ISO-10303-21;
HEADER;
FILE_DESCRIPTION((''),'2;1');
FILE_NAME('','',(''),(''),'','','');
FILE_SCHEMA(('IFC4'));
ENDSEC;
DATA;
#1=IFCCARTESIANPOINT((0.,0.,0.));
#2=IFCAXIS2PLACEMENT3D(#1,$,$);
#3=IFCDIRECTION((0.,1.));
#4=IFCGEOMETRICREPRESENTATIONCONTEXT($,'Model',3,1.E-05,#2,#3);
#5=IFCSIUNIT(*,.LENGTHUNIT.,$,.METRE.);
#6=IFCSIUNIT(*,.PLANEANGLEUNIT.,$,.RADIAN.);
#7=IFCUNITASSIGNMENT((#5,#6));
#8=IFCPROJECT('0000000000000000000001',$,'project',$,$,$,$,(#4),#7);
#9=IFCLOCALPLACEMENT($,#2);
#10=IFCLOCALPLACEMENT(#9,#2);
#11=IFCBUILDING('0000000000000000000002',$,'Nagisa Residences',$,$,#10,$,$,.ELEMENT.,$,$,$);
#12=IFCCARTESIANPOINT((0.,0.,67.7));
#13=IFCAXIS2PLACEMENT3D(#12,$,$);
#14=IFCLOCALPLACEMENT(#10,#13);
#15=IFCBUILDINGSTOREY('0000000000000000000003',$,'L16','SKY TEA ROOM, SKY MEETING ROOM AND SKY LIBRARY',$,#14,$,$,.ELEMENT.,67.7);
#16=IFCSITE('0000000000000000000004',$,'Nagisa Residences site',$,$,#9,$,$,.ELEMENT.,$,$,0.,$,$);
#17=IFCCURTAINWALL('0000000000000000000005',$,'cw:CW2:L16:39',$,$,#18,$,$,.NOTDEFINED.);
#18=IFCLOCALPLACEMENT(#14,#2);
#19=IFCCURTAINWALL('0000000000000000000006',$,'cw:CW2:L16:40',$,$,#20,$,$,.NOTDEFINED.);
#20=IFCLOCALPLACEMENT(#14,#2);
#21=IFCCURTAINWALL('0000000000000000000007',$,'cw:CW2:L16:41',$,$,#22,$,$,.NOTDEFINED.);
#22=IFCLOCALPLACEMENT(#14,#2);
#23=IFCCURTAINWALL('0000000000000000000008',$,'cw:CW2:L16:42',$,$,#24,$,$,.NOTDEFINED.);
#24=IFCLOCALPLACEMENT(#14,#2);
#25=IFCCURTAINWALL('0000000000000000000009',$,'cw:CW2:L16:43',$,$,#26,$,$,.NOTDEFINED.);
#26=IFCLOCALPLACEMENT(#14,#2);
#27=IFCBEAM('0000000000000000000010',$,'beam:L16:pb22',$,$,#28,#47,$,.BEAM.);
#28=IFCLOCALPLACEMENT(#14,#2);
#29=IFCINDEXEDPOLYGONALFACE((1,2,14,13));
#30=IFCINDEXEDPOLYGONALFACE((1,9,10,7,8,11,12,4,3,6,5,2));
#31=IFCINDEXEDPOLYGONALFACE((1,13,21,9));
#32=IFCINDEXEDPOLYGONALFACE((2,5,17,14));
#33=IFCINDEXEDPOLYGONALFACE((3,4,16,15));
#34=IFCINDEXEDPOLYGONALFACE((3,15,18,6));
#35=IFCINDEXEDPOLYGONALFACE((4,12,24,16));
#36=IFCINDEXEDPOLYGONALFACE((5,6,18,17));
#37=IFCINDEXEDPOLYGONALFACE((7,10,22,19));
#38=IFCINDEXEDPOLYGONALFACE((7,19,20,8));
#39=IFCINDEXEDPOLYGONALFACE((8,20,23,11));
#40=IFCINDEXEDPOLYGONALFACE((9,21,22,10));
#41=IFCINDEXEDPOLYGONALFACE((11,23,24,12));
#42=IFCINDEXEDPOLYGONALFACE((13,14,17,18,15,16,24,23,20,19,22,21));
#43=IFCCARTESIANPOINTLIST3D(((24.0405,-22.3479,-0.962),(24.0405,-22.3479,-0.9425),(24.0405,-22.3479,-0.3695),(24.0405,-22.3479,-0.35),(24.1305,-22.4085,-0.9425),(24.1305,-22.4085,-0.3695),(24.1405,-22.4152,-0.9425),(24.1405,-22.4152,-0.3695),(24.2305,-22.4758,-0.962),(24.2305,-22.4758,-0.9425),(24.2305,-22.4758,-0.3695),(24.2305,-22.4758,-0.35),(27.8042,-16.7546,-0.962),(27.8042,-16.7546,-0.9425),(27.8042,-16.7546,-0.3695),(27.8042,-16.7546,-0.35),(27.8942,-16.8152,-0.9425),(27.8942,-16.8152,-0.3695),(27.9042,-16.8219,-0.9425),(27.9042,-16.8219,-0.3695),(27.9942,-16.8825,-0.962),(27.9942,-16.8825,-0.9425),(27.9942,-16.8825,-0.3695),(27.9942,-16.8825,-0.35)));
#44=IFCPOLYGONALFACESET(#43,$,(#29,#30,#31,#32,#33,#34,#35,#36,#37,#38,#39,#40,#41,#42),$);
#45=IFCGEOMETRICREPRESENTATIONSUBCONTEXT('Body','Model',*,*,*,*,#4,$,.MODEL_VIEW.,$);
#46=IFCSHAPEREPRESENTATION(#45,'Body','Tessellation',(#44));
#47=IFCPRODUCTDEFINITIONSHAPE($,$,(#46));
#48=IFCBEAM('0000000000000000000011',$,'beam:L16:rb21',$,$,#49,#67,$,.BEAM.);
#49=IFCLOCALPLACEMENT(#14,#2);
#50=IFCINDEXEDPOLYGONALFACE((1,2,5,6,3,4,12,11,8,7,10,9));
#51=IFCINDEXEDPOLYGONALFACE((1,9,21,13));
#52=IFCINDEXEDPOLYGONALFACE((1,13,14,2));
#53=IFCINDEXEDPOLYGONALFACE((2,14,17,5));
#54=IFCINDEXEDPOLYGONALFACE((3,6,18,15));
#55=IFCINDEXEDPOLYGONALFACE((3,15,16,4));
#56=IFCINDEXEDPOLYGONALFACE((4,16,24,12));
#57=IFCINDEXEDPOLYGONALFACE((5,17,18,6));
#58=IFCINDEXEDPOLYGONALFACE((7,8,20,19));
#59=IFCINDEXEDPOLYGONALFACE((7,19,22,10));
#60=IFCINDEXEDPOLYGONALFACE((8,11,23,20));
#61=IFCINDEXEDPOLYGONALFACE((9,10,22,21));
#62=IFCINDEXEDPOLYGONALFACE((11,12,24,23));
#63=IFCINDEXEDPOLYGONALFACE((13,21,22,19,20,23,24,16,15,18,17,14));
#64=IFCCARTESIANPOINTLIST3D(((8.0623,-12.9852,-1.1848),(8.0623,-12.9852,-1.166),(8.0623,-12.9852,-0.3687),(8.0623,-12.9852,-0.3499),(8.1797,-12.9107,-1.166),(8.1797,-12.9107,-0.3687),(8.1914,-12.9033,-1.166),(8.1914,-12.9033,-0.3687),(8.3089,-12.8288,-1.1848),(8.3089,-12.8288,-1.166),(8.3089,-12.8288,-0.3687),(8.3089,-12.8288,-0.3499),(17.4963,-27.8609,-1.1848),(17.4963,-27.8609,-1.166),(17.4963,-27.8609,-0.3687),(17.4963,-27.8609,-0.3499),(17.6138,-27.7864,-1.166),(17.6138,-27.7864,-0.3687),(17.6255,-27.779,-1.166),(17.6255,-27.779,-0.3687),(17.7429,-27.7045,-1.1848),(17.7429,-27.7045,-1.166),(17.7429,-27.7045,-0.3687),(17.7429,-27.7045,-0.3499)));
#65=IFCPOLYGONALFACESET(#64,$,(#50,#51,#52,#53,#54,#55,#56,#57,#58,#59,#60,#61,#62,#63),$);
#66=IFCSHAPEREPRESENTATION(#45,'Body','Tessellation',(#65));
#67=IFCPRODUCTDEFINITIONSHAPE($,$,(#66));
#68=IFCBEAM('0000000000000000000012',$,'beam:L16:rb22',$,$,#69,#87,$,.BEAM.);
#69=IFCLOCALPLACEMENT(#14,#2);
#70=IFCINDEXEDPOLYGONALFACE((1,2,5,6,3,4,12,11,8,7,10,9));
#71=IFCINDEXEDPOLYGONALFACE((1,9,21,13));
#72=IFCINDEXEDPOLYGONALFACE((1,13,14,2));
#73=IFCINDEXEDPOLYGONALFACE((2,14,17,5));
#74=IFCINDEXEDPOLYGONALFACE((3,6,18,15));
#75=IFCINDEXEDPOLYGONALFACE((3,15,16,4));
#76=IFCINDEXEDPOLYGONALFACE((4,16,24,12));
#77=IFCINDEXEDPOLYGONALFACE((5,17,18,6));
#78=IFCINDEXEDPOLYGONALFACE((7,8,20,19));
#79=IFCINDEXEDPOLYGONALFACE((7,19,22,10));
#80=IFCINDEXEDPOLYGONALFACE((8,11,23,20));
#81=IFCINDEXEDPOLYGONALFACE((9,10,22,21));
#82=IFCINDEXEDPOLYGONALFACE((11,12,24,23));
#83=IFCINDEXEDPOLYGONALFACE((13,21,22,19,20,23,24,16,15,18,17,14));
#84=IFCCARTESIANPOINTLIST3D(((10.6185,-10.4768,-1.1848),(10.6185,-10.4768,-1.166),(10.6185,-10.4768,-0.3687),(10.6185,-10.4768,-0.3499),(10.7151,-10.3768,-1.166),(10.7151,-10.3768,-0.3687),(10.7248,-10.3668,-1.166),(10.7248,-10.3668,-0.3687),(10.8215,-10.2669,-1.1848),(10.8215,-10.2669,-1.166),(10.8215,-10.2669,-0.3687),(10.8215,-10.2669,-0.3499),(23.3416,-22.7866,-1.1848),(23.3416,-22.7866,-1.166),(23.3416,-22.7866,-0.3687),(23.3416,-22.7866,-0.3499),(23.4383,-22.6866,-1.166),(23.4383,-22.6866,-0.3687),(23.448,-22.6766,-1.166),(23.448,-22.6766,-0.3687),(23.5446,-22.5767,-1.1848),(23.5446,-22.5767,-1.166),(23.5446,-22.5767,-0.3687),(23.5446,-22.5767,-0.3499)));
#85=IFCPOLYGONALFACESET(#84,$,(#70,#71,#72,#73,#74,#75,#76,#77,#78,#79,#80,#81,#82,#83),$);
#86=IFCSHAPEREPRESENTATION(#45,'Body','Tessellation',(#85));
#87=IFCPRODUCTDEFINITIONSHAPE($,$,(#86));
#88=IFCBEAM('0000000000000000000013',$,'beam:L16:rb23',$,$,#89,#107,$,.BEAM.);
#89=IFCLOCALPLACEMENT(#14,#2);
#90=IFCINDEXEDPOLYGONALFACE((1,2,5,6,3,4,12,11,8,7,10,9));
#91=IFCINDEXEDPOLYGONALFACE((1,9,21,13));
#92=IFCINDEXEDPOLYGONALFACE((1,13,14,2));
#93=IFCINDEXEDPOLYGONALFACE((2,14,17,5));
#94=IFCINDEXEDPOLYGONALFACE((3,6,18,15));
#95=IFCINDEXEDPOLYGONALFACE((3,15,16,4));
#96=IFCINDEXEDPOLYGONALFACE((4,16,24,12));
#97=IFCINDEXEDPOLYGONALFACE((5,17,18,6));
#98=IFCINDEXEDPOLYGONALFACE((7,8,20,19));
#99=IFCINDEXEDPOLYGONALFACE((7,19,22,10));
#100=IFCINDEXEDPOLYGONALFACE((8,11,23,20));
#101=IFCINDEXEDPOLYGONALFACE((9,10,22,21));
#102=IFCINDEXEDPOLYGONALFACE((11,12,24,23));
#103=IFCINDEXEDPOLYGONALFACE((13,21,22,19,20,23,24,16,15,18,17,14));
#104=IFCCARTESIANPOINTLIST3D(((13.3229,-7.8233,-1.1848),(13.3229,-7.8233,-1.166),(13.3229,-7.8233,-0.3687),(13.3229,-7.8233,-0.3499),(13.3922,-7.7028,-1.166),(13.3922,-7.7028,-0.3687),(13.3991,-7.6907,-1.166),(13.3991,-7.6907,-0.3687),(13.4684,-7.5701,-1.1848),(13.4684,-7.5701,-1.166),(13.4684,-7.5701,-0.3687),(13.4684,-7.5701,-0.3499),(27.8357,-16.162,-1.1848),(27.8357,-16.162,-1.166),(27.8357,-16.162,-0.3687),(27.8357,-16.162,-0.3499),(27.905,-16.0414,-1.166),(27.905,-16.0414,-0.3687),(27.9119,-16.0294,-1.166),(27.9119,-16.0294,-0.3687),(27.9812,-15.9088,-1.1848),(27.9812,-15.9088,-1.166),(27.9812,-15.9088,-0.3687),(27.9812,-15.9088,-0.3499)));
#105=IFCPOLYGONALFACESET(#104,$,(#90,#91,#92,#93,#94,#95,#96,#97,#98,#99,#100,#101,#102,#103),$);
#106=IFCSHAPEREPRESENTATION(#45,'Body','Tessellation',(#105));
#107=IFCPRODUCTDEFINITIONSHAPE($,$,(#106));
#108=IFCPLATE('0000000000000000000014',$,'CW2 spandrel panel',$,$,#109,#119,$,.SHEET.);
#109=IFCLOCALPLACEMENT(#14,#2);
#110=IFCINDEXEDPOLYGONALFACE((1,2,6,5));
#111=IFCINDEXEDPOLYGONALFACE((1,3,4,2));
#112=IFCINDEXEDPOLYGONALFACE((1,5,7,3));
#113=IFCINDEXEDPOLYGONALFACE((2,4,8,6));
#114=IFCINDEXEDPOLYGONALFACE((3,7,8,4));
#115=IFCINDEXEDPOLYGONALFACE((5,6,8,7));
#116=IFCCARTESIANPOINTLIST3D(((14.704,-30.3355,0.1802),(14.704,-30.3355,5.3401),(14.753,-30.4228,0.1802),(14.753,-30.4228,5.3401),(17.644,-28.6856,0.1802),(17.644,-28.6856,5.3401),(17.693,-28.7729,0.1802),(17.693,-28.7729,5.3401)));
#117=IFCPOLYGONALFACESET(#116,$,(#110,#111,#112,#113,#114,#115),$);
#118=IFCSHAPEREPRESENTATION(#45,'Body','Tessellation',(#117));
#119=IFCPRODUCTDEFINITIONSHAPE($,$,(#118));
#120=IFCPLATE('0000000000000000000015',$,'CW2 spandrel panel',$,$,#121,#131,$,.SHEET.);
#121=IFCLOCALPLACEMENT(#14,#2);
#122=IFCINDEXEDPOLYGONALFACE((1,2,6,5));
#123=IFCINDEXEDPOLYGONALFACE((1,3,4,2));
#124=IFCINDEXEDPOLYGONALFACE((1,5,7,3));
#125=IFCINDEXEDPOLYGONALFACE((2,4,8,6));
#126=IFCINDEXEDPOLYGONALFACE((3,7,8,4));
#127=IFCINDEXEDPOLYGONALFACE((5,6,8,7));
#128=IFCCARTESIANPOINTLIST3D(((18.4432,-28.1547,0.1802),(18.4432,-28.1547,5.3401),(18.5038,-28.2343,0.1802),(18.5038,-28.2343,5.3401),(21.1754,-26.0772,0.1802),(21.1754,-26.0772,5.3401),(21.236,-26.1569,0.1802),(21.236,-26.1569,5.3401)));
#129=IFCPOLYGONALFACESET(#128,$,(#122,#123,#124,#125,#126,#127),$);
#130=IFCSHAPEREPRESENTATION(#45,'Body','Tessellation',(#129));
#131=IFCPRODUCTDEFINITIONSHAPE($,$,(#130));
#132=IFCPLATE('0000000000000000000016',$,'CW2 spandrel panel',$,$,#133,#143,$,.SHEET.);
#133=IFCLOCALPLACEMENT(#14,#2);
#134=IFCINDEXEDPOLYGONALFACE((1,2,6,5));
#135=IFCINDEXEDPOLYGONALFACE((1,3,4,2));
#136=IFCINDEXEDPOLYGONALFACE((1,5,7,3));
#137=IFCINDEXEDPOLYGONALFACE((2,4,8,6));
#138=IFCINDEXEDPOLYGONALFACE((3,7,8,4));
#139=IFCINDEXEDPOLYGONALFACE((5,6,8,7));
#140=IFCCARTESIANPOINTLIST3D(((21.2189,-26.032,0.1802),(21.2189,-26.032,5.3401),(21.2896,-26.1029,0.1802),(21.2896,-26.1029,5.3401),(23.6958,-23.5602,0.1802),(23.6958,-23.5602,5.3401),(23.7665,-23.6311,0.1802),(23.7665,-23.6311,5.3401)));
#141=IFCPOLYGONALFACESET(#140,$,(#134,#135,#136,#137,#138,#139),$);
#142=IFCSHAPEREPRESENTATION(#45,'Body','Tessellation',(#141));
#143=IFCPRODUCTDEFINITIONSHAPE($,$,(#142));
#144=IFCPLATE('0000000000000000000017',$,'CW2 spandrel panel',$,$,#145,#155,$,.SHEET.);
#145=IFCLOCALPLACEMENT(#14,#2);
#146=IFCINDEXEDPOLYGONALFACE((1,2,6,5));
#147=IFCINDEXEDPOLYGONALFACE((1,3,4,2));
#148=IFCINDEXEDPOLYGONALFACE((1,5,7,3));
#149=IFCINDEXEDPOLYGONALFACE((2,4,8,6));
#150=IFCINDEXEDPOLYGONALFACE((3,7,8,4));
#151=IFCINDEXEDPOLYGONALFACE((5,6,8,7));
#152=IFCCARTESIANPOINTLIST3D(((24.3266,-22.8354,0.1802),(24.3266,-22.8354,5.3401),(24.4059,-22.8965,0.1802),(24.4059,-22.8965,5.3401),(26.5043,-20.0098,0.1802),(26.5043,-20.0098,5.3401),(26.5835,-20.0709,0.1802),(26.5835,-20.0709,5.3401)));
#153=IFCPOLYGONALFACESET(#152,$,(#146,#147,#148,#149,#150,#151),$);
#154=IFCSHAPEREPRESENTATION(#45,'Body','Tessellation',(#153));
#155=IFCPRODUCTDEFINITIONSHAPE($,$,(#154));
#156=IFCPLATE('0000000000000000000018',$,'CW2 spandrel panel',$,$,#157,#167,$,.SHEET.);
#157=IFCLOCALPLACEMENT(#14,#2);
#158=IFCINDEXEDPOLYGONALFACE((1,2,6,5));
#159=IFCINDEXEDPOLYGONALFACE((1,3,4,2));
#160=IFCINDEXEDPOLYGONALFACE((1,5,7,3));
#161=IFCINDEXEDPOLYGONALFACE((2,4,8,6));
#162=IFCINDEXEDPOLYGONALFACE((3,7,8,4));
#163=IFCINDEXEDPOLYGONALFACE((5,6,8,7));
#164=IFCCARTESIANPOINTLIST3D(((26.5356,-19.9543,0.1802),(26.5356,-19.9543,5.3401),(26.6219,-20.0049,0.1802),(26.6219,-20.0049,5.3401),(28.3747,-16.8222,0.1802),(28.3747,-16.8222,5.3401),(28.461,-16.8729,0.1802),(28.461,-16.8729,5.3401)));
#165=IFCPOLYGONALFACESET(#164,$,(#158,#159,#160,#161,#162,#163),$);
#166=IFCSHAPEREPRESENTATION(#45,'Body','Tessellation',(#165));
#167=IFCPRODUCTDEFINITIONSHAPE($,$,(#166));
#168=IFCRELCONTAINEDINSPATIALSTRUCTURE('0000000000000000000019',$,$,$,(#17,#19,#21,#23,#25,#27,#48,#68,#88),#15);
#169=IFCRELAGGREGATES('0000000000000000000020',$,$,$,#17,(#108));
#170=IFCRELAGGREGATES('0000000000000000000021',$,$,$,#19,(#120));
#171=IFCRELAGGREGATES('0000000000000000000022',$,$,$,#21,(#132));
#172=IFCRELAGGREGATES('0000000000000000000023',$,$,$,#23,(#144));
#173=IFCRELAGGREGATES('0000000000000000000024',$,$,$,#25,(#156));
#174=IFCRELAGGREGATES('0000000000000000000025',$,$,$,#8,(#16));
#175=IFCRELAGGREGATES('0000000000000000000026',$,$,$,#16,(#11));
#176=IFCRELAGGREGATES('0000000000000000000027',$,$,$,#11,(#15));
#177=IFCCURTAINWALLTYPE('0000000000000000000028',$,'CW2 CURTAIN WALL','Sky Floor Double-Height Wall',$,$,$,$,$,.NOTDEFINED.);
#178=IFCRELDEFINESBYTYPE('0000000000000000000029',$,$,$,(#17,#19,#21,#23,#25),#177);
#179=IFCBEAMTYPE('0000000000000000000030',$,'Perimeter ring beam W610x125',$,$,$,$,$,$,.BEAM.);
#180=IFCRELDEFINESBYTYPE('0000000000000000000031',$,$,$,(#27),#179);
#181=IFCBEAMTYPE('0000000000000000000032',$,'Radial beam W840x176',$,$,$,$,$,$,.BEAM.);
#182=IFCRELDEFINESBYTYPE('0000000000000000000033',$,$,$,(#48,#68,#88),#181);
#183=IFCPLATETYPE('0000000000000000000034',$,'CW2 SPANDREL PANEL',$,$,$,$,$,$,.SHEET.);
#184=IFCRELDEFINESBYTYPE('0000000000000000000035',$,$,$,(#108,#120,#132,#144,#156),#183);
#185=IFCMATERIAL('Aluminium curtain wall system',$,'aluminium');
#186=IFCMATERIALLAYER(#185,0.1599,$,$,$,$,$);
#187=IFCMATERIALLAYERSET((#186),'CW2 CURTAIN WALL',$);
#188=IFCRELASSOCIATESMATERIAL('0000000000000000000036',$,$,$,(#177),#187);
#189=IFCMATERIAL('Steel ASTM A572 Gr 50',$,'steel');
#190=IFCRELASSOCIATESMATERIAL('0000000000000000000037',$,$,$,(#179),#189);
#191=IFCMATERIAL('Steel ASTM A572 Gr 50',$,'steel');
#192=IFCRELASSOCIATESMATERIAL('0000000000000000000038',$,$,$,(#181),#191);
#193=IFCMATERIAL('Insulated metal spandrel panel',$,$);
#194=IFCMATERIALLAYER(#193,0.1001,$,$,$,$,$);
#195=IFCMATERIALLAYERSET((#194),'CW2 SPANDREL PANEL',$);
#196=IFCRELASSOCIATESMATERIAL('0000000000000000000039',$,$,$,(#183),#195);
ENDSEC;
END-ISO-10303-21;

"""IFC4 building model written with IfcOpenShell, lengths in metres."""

from ifc_helpers import new_model, si_unit, direction, frame, origin, origin_2d, place, context, subcontext, project, spatial, rectangle, i_section, extrude, material, layer, layer_set, material_profile, profile_set, type_object, element, aggregate, save


model = new_model("IFC4")

# Units and contexts
model_context = context("Model", 3, precision=1e-05, world=origin(), true_north=direction((0.0, 1.0)))
body_context = subcontext(model_context, "Body", "Model", "MODEL_VIEW")
ifc_project = project(units=[si_unit("LENGTHUNIT", "METRE"), si_unit("PLANEANGLEUNIT", "RADIAN")], contexts=[model_context])

# Site, building, storey
site_placement = place(None, origin())
site = spatial("IfcSite", under=ifc_project, at=site_placement, Name="Nagisa Residences site", CompositionType="ELEMENT", RefElevation=0.0)
building_placement = place(site_placement, origin())
building = spatial("IfcBuilding", under=site, at=building_placement, Name="Nagisa Residences", CompositionType="ELEMENT")
storey_placement = place(building_placement, frame((0.0, 0.0, 67.7)))
storey = spatial("IfcBuildingStorey", under=building, at=storey_placement, Name="L16", Description="SKY TEA ROOM, SKY MEETING ROOM AND SKY LIBRARY", CompositionType="ELEMENT", Elevation=67.7)

# Curtain walls
ifc_material_1 = material(Name="Aluminium curtain wall system", Category="aluminium")
ifc_layer_1 = layer(ifc_material_1, 0.1599)
ifc_layer_set_1 = layer_set([ifc_layer_1], Name="CW2 CURTAIN WALL")
curtain_wall_type = type_object("IfcCurtainWallType", Name="CW2 CURTAIN WALL", Description="Sky Floor Double-Height Wall", PredefinedType="NOTDEFINED", material=ifc_layer_set_1)
curtain_wall_1_placement = place(storey_placement, origin())
curtain_wall_1 = element("IfcCurtainWall", 1, at=curtain_wall_1_placement, inside=storey, type_object=curtain_wall_type, Name="cw:CW2:L16:39", PredefinedType="NOTDEFINED")
curtain_wall_2_placement = place(storey_placement, origin())
curtain_wall_2 = element("IfcCurtainWall", 2, at=curtain_wall_2_placement, inside=storey, type_object=curtain_wall_type, Name="cw:CW2:L16:40", PredefinedType="NOTDEFINED")
curtain_wall_3_placement = place(storey_placement, origin())
curtain_wall_3 = element("IfcCurtainWall", 3, at=curtain_wall_3_placement, inside=storey, type_object=curtain_wall_type, Name="cw:CW2:L16:41", PredefinedType="NOTDEFINED")
curtain_wall_4_placement = place(storey_placement, origin())
curtain_wall_4 = element("IfcCurtainWall", 4, at=curtain_wall_4_placement, inside=storey, type_object=curtain_wall_type, Name="cw:CW2:L16:42", PredefinedType="NOTDEFINED")
curtain_wall_5_placement = place(storey_placement, origin())
curtain_wall_5 = element("IfcCurtainWall", 5, at=curtain_wall_5_placement, inside=storey, type_object=curtain_wall_type, Name="cw:CW2:L16:43", PredefinedType="NOTDEFINED")

# Beams
ifc_material_2 = material(Name="Steel ASTM A572 Gr 50", Category="steel")
ifc_material_profile_1 = material_profile(ifc_material_2, i_section(OverallWidth=0.229, OverallDepth=0.6121, WebThickness=0.012, FlangeThickness=0.0195, at=origin_2d()), Name="W610x125")
ifc_profile_set_1 = profile_set([ifc_material_profile_1], Name="Steel ASTM A572 Gr 50")
beam_type_1 = type_object("IfcBeamType", Name="Perimeter ring beam W610x125", PredefinedType="BEAM", material=ifc_profile_set_1)
beam_1_placement = place(storey_placement, frame((24.1355, -22.4119, -0.656), z_axis=(0.558272, 0.829658, 0.0), x_axis=(-0.829658, 0.558272, 0.0)))
element("IfcBeam", 6, at=beam_1_placement, inside=storey, type_object=beam_type_1, Name="beam:L16:pb22", PredefinedType="BEAM", context=body_context, shape_type="SweptSolid", body=[
    extrude(i_section(OverallWidth=0.229, OverallDepth=0.6121, WebThickness=0.012, FlangeThickness=0.0195, at=origin_2d()), origin(), (0.0, 0.0, 1.0), 6.7417),
])
ifc_material_3 = material(Name="Steel ASTM A572 Gr 50", Category="steel")
ifc_material_profile_2 = material_profile(ifc_material_3, i_section(OverallWidth=0.292, OverallDepth=0.835, WebThickness=0.0139, FlangeThickness=0.0188, at=origin_2d()), Name="W840x176")
ifc_profile_set_2 = profile_set([ifc_material_profile_2], Name="Steel ASTM A572 Gr 50")
beam_type_2 = type_object("IfcBeamType", Name="Radial beam W840x176", PredefinedType="BEAM", material=ifc_profile_set_2)
beam_2_placement = place(storey_placement, frame((17.6196, -27.7827, -0.7673), z_axis=(-0.53557, 0.844491, 0.0), x_axis=(-0.844491, -0.53557, 0.0)))
element("IfcBeam", 7, at=beam_2_placement, inside=storey, type_object=beam_type_2, Name="beam:L16:rb21", PredefinedType="BEAM", context=body_context, shape_type="SweptSolid", body=[
    extrude(i_section(OverallWidth=0.292, OverallDepth=0.835, WebThickness=0.0139, FlangeThickness=0.0188, at=origin_2d()), origin(), (0.0, 0.0, 1.0), 17.615),
])
beam_3_placement = place(storey_placement, frame((23.4431, -22.6816, -0.7673), z_axis=(-0.718684, 0.695337, 0.0), x_axis=(-0.695337, -0.718684, 0.0)))
element("IfcBeam", 8, at=beam_3_placement, inside=storey, type_object=beam_type_2, Name="beam:L16:rb22", PredefinedType="BEAM", context=body_context, shape_type="SweptSolid", body=[
    extrude(i_section(OverallWidth=0.292, OverallDepth=0.835, WebThickness=0.0139, FlangeThickness=0.0188, at=origin_2d()), origin(), (0.0, 0.0, 1.0), 17.7034),
])
beam_4_placement = place(storey_placement, frame((27.9084, -16.0354, -0.7673), z_axis=(-0.867066, 0.498194, 0.0), x_axis=(-0.498194, -0.867066, 0.0)))
element("IfcBeam", 9, at=beam_4_placement, inside=storey, type_object=beam_type_2, Name="beam:L16:rb23", PredefinedType="BEAM", context=body_context, shape_type="SweptSolid", body=[
    extrude(i_section(OverallWidth=0.292, OverallDepth=0.835, WebThickness=0.0139, FlangeThickness=0.0188, at=origin_2d()), origin(), (0.0, 0.0, 1.0), 16.7378),
])

# Plates
ifc_material_4 = material(Name="Insulated metal spandrel panel")
ifc_layer_2 = layer(ifc_material_4, 0.1001)
ifc_layer_set_2 = layer_set([ifc_layer_2], Name="CW2 SPANDREL PANEL")
plate_type = type_object("IfcPlateType", Name="CW2 SPANDREL PANEL", PredefinedType="SHEET", material=ifc_layer_set_2)
plate_1_placement = place(storey_placement, frame((16.1985, -29.5542, 0.1802), z_axis=(0.0, 0.0, 1.0), x_axis=(0.872072, 0.489377, 0.0)))
plate_1 = element("IfcPlate", 10, at=plate_1_placement, type_object=plate_type, Name="CW2 spandrel panel", PredefinedType="SHEET", context=body_context, shape_type="SweptSolid", body=[
    extrude(rectangle(XDim=3.3713, YDim=0.1001, at=origin_2d()), origin(), (0.0, 0.0, 1.0), 5.1599),
])
aggregate(curtain_wall_1, [plate_1])
plate_2_placement = place(storey_placement, frame((19.8396, -27.1558, 0.1802), z_axis=(0.0, 0.0, 1.0), x_axis=(0.796031, 0.605255, 0.0)))
plate_2 = element("IfcPlate", 11, at=plate_2_placement, type_object=plate_type, Name="CW2 spandrel panel", PredefinedType="SHEET", context=body_context, shape_type="SweptSolid", body=[
    extrude(rectangle(XDim=3.4324, YDim=0.1001, at=origin_2d()), origin(), (0.0, 0.0, 1.0), 5.1599),
])
aggregate(curtain_wall_2, [plate_2])
plate_3_placement = place(storey_placement, frame((22.4927, -24.8315, 0.1802), z_axis=(0.0, 0.0, 1.0), x_axis=(0.707836, 0.706377, 0.0)))
plate_3 = element("IfcPlate", 12, at=plate_3_placement, type_object=plate_type, Name="CW2 spandrel panel", PredefinedType="SHEET", context=body_context, shape_type="SweptSolid", body=[
    extrude(rectangle(XDim=3.4993, YDim=0.1001, at=origin_2d()), origin(), (0.0, 0.0, 1.0), 5.1599),
])
aggregate(curtain_wall_3, [plate_3])
plate_4_placement = place(storey_placement, frame((25.4551, -21.4531, 0.1802), z_axis=(0.0, 0.0, 1.0), x_axis=(0.61043, 0.79207, 0.0)))
plate_4 = element("IfcPlate", 13, at=plate_4_placement, type_object=plate_type, Name="CW2 spandrel panel", PredefinedType="SHEET", context=body_context, shape_type="SweptSolid", body=[
    extrude(rectangle(XDim=3.5674, YDim=0.1001, at=origin_2d()), origin(), (0.0, 0.0, 1.0), 5.1599),
])
aggregate(curtain_wall_4, [plate_4])
plate_5_placement = place(storey_placement, frame((27.4983, -18.4136, 0.1802), z_axis=(0.0, 0.0, 1.0), x_axis=(0.506349, 0.862329, 0.0)))
plate_5 = element("IfcPlate", 14, at=plate_5_placement, type_object=plate_type, Name="CW2 spandrel panel", PredefinedType="SHEET", context=body_context, shape_type="SweptSolid", body=[
    extrude(rectangle(XDim=3.6321, YDim=0.1001, at=origin_2d()), origin(), (0.0, 0.0, 1.0), 5.1599),
])
aggregate(curtain_wall_5, [plate_5])

save(model, "model.ifc")
